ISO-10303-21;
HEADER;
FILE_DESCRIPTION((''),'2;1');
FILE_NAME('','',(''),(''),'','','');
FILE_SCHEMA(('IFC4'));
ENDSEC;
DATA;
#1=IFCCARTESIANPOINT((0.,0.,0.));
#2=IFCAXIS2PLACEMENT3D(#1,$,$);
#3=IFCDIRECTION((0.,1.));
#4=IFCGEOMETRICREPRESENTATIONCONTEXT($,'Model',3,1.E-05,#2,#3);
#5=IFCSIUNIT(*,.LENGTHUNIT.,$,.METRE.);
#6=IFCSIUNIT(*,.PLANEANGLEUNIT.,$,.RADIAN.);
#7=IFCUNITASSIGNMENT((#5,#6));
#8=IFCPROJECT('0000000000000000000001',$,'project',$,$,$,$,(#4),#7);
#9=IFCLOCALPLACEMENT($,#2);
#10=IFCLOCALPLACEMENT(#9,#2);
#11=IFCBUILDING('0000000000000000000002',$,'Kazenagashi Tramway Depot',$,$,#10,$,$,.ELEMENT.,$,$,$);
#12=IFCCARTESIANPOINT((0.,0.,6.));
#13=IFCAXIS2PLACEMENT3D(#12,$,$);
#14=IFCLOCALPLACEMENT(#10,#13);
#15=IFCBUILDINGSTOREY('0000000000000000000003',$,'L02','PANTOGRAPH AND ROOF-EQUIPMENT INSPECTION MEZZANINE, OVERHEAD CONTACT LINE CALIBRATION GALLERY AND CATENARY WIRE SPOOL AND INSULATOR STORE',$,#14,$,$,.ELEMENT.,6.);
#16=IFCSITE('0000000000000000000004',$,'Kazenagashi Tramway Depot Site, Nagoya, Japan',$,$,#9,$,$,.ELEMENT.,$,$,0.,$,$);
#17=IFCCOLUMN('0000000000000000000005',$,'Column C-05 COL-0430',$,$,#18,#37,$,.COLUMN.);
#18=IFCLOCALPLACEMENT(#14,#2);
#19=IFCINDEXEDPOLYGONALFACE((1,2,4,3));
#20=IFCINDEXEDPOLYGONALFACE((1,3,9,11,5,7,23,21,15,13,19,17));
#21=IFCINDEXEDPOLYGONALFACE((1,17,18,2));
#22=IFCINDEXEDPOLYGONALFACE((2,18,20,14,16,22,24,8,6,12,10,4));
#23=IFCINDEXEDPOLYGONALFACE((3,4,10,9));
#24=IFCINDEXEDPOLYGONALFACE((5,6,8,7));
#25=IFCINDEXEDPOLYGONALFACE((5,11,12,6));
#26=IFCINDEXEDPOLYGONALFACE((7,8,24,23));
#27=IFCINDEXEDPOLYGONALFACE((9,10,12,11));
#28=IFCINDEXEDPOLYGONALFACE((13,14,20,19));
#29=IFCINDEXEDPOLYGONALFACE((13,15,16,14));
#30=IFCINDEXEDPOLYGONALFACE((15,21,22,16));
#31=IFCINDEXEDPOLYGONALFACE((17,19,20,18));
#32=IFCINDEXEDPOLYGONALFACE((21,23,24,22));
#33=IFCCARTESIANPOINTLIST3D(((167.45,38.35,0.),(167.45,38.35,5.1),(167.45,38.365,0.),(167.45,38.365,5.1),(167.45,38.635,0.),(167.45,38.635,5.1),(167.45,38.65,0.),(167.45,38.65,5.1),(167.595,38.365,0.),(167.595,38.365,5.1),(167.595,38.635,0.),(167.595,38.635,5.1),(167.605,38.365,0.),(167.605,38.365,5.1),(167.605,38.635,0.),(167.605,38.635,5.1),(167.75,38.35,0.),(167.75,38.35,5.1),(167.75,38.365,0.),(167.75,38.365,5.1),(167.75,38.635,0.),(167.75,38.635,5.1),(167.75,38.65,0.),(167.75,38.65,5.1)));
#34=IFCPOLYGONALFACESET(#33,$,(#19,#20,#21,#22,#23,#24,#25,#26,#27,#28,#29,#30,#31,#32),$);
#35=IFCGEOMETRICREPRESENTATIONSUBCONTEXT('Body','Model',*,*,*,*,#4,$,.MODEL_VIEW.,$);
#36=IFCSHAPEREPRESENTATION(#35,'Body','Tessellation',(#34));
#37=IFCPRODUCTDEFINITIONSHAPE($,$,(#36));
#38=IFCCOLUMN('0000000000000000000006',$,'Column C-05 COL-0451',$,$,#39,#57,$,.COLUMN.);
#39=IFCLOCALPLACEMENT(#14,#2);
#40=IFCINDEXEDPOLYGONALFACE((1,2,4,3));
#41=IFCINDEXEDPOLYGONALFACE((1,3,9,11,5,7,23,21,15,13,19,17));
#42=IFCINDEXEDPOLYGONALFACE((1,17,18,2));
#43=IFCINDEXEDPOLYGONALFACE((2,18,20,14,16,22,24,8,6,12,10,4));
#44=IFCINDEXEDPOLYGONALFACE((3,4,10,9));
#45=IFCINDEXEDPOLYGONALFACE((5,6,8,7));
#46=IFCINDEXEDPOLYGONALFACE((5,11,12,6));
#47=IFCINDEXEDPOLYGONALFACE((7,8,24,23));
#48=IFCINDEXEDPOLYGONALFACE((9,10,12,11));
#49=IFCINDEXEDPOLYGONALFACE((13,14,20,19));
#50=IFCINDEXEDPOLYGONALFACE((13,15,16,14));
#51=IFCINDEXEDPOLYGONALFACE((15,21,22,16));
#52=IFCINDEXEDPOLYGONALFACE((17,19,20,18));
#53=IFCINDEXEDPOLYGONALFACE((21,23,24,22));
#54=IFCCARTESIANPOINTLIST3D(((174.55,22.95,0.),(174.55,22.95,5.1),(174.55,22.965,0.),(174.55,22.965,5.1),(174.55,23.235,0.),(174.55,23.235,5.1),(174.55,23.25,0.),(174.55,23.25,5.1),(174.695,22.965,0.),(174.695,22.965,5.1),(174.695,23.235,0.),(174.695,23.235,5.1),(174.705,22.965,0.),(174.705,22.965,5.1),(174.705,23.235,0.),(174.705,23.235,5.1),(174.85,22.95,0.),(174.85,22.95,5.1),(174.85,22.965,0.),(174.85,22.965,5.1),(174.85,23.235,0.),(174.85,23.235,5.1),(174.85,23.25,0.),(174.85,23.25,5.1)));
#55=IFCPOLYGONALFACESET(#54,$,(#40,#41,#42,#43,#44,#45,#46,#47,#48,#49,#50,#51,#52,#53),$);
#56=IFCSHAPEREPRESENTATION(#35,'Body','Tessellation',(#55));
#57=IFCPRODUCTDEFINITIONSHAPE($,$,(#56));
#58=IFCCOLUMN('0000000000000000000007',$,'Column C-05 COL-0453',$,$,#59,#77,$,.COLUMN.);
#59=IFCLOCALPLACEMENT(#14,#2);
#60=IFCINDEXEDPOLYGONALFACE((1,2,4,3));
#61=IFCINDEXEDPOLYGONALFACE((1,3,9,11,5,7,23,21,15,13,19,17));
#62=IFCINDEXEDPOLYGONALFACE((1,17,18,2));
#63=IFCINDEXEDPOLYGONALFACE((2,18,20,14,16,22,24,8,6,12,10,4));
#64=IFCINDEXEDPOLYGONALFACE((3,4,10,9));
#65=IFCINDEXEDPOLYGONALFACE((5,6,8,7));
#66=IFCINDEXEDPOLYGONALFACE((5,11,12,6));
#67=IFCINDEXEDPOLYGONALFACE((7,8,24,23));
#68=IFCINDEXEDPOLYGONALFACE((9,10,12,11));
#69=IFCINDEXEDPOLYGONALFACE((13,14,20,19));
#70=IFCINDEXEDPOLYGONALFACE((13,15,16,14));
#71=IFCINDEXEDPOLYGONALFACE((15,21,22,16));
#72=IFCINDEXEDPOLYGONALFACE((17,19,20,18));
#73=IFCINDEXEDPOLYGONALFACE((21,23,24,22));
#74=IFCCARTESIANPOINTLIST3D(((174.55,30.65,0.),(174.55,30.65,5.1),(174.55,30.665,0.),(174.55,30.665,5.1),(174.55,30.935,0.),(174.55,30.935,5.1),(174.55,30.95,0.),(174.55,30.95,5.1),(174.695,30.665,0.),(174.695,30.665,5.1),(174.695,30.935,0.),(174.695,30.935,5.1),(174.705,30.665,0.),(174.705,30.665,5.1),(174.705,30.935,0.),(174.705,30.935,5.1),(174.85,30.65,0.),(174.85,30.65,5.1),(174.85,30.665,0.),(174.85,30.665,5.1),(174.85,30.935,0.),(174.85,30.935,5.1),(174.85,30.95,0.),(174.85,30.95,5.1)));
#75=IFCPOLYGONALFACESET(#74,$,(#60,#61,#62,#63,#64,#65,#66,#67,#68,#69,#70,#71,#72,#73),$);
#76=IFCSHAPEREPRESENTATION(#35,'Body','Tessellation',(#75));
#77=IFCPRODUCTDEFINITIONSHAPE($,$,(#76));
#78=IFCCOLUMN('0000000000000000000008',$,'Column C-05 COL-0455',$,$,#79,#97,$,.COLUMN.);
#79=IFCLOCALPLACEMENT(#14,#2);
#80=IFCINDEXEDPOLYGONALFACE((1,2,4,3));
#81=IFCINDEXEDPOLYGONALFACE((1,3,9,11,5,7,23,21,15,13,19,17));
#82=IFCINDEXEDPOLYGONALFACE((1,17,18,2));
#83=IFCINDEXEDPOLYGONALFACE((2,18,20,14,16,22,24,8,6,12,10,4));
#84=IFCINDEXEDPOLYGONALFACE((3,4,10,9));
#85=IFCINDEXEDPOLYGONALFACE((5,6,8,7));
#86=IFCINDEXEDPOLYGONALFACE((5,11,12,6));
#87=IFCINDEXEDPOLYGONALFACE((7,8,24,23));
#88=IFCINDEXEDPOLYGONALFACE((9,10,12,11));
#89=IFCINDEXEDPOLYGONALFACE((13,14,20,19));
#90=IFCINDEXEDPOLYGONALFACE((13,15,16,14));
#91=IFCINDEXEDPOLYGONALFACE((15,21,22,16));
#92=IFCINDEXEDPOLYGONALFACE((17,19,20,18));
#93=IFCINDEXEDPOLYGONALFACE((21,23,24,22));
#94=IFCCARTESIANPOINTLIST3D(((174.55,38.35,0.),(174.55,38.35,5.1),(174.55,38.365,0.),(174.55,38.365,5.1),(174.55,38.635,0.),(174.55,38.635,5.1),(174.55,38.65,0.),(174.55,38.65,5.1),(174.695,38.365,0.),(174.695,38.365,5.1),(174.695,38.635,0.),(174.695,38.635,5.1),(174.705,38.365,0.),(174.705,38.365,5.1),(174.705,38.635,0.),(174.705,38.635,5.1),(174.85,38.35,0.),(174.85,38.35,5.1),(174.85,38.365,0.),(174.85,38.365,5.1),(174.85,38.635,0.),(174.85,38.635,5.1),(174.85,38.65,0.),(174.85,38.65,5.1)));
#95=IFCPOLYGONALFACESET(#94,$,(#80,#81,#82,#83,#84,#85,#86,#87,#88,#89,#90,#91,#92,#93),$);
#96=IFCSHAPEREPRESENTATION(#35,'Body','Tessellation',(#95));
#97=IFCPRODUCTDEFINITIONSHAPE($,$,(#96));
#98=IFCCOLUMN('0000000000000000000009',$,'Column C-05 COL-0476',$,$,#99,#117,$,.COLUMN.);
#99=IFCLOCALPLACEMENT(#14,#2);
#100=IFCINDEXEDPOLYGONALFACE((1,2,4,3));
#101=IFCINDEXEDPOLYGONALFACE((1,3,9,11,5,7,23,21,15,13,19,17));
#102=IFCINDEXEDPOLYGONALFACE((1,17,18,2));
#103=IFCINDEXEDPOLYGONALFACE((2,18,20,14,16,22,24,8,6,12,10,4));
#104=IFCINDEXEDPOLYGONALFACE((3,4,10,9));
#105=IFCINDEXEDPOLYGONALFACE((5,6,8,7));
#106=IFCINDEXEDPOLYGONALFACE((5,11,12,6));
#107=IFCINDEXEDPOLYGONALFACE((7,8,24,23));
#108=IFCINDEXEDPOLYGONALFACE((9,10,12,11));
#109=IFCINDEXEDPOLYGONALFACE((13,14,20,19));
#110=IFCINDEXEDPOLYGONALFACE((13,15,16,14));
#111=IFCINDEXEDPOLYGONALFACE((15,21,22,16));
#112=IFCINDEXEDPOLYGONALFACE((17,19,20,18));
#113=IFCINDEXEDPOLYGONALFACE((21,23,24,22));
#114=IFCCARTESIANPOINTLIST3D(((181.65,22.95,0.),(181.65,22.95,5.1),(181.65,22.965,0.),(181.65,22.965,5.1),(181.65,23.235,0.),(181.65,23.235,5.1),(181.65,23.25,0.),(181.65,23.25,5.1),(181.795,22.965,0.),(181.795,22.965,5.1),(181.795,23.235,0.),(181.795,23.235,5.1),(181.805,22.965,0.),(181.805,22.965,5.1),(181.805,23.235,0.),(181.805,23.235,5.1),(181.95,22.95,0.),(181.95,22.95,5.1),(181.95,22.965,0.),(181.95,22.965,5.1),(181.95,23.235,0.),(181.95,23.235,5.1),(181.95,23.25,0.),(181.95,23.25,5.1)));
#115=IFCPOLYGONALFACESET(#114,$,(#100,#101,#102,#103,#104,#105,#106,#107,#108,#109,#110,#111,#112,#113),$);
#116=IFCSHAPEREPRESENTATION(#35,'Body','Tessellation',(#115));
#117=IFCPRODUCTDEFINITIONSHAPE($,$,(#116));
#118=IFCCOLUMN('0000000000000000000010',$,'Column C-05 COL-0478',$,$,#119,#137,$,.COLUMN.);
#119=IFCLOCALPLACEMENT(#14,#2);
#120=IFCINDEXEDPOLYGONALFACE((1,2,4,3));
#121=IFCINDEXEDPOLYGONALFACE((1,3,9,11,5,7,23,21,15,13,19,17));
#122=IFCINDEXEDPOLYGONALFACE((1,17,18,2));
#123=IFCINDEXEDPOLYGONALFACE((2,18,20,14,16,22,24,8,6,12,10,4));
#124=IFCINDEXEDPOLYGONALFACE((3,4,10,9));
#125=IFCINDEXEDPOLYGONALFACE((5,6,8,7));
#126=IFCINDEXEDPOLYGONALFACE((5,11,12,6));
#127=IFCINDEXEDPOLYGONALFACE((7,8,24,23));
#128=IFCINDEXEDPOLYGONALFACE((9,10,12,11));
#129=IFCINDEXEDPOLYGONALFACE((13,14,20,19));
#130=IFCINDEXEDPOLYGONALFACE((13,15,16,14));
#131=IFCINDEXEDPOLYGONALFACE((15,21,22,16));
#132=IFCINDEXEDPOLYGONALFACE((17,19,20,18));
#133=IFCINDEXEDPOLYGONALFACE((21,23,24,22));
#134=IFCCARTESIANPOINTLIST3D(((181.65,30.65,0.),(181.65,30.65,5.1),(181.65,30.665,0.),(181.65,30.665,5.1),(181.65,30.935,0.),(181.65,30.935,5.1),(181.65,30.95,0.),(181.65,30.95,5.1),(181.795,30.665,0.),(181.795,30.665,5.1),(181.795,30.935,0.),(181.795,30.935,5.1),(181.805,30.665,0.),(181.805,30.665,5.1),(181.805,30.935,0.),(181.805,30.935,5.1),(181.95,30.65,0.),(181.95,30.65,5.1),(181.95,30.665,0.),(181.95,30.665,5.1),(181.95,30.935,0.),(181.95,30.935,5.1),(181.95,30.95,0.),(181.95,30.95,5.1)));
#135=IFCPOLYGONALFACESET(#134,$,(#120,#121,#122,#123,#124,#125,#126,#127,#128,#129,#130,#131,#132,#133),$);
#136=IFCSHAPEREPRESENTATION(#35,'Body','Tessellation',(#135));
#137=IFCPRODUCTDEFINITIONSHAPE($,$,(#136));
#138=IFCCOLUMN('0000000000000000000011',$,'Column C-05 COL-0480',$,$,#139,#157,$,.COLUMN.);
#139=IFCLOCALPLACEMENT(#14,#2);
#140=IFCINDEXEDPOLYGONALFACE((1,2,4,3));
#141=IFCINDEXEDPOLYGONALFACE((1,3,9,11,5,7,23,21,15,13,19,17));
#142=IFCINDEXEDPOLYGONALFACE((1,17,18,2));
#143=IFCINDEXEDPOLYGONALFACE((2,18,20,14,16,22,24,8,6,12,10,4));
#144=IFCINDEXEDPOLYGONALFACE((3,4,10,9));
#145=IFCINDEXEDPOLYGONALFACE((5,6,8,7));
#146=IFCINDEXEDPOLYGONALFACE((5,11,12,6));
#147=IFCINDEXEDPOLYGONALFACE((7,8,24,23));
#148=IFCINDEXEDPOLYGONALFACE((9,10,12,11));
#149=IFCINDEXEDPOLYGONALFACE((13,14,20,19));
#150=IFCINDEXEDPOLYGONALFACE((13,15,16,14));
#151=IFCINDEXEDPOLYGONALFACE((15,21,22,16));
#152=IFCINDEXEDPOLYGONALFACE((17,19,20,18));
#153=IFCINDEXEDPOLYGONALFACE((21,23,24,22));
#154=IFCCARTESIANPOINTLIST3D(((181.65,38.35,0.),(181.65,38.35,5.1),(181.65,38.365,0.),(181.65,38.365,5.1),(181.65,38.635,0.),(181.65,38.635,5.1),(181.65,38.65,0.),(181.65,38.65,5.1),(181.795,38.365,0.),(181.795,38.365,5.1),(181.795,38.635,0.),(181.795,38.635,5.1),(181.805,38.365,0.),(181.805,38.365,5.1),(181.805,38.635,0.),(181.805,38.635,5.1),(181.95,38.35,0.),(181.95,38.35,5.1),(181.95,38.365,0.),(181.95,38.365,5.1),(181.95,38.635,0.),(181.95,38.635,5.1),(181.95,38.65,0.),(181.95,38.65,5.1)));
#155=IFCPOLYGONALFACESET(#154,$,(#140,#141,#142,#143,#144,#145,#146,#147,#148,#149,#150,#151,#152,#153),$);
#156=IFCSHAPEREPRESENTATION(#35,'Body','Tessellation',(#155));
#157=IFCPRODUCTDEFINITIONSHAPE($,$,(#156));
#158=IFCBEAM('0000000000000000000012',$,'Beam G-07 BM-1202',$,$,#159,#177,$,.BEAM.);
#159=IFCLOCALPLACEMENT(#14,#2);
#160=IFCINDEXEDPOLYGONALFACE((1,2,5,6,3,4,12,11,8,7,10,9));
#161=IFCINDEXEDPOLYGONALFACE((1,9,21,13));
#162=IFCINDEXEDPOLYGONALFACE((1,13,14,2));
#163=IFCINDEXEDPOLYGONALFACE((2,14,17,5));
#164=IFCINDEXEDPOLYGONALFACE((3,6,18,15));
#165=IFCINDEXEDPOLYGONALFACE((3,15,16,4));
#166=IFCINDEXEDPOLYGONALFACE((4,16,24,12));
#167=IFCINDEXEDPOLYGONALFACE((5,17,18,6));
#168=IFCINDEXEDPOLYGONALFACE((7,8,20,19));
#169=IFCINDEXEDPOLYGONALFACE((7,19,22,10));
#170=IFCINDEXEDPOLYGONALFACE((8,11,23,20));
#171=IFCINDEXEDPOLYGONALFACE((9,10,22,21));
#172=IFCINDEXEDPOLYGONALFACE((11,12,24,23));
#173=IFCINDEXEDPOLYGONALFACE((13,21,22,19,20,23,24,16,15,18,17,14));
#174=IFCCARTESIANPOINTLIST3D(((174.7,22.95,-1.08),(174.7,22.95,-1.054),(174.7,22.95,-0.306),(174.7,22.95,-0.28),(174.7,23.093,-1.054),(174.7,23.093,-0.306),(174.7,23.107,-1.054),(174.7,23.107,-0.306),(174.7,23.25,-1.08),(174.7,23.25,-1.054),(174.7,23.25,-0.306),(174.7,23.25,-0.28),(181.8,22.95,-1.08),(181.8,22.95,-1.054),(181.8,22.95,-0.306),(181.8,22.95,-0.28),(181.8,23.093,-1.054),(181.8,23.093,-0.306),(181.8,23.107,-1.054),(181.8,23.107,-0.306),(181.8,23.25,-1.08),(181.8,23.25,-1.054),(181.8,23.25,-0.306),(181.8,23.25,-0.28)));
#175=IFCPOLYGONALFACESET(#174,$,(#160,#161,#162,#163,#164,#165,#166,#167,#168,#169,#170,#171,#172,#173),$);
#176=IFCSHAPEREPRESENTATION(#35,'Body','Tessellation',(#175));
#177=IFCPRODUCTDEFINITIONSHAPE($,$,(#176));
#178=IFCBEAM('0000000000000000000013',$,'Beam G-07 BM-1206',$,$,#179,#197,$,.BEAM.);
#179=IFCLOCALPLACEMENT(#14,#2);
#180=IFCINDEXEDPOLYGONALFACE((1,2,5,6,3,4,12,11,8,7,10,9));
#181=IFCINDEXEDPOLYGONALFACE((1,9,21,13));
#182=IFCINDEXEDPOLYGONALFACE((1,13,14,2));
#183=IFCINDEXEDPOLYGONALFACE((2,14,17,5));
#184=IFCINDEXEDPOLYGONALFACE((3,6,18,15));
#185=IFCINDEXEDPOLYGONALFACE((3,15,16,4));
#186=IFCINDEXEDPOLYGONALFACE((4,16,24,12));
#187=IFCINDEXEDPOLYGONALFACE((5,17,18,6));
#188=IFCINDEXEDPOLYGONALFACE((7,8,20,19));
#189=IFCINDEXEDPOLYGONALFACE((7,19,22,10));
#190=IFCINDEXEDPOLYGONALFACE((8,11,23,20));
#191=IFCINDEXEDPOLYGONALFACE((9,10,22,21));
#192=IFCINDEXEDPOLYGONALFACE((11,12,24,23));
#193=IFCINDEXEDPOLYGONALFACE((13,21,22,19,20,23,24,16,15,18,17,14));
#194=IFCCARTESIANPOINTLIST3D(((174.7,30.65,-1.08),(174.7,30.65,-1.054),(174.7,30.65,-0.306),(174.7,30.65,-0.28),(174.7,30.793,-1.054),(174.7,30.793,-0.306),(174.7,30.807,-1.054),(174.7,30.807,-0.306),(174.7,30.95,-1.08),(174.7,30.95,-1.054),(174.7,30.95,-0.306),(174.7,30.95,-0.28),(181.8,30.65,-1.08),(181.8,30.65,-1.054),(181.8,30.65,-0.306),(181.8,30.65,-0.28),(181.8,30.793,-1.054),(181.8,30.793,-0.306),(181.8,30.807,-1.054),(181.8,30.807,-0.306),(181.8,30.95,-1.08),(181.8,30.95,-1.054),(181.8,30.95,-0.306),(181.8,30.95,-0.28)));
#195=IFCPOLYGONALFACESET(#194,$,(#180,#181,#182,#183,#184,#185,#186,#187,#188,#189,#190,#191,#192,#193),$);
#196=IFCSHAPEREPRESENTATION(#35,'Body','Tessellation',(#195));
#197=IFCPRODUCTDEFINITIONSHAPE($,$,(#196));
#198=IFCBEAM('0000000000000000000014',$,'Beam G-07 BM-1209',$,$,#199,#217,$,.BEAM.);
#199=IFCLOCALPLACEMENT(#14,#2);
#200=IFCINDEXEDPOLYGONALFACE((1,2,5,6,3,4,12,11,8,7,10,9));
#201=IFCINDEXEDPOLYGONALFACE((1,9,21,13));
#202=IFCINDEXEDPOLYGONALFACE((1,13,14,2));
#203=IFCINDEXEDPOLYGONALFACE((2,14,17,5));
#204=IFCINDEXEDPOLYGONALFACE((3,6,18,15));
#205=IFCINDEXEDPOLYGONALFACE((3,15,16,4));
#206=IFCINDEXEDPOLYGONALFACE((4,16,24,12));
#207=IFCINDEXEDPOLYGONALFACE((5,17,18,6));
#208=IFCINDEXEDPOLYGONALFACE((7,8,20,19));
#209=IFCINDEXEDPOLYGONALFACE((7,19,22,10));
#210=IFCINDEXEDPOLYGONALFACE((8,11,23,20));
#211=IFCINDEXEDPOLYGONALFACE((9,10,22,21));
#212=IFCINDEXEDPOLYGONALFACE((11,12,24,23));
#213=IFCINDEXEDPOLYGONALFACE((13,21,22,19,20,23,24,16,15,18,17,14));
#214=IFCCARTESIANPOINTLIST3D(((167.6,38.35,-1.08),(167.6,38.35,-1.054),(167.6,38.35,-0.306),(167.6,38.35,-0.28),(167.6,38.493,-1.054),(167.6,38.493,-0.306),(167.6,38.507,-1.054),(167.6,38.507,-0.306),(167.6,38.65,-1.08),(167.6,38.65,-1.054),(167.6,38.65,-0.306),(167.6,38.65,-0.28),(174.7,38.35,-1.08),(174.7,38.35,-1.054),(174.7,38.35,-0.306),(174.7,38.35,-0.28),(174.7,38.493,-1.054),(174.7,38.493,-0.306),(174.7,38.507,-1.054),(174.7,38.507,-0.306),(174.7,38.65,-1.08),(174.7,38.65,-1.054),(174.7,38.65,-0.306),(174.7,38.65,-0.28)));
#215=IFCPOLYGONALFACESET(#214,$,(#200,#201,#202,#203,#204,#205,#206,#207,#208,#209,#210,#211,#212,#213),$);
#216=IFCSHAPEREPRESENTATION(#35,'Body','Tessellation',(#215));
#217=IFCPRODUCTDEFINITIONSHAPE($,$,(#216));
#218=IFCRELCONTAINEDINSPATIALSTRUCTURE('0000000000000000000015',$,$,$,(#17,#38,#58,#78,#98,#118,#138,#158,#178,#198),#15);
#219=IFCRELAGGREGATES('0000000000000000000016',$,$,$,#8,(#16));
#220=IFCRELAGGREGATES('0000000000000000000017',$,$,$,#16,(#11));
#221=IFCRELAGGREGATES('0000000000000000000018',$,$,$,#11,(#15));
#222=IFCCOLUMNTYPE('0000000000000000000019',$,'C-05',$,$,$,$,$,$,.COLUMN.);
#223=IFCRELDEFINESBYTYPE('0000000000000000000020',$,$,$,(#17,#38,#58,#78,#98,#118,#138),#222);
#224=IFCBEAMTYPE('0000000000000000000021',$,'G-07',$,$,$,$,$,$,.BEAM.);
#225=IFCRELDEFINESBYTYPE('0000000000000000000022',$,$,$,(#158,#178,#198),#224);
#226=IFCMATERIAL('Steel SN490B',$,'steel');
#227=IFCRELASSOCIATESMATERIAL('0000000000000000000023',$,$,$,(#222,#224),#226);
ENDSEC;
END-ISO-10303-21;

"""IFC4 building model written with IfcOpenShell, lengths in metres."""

from ifc_helpers import new_model, si_unit, direction, frame, origin, origin_2d, place, context, subcontext, project, spatial, i_section, extrude, material, material_profile, profile_set, type_object, element, save


model = new_model("IFC4")

# Units and contexts
model_context = context("Model", 3, precision=1e-05, world=origin(), true_north=direction((0.0, 1.0)))
body_context = subcontext(model_context, "Body", "Model", "MODEL_VIEW")
ifc_project = project(units=[si_unit("LENGTHUNIT", "METRE"), si_unit("PLANEANGLEUNIT", "RADIAN")], contexts=[model_context])

# Site, building, storey
site_placement = place(None, origin())
site = spatial("IfcSite", under=ifc_project, at=site_placement, Name="Kazenagashi Tramway Depot Site, Nagoya, Japan", CompositionType="ELEMENT", RefElevation=0.0)
building_placement = place(site_placement, origin())
building = spatial("IfcBuilding", under=site, at=building_placement, Name="Kazenagashi Tramway Depot", CompositionType="ELEMENT")
storey_placement = place(building_placement, frame((0.0, 0.0, 6.0)))
storey = spatial("IfcBuildingStorey", under=building, at=storey_placement, Name="L02", Description="PANTOGRAPH AND ROOF-EQUIPMENT INSPECTION MEZZANINE, OVERHEAD CONTACT LINE CALIBRATION GALLERY AND CATENARY WIRE SPOOL AND INSULATOR STORE", CompositionType="ELEMENT", Elevation=6.0)

# Columns
ifc_material_1 = material(Name="Steel SN490B", Category="steel")
ifc_material_profile_1 = material_profile(ifc_material_1, i_section(OverallWidth=0.3, OverallDepth=0.3, WebThickness=0.01, FlangeThickness=0.015, at=origin_2d()), Name="H-300x300x10x15")
ifc_profile_set_1 = profile_set([ifc_material_profile_1], Name="Steel SN490B")
column_type = type_object("IfcColumnType", Name="C-05", PredefinedType="COLUMN", material=ifc_profile_set_1)
for number, where, z_axis, x_axis, name in (
    (1, (167.6, 38.5, 0.0), (0.0, 0.0, 1.0), (1.0, 0.0, 0.0), "Column C-05 COL-0430"),
    (2, (174.7, 23.1, 0.0), (0.0, 0.0, 1.0), (1.0, 0.0, 0.0), "Column C-05 COL-0451"),
    (3, (174.7, 30.8, 0.0), (0.0, 0.0, 1.0), (1.0, 0.0, 0.0), "Column C-05 COL-0453"),
    (4, (174.7, 38.5, 0.0), (0.0, 0.0, 1.0), (1.0, 0.0, 0.0), "Column C-05 COL-0455"),
    (5, (181.8, 23.1, 0.0), (0.0, 0.0, 1.0), (1.0, 0.0, 0.0), "Column C-05 COL-0476"),
    (6, (181.8, 30.8, 0.0), (0.0, 0.0, 1.0), (1.0, 0.0, 0.0), "Column C-05 COL-0478"),
    (7, (181.8, 38.5, 0.0), (0.0, 0.0, 1.0), (1.0, 0.0, 0.0), "Column C-05 COL-0480"),
):
    element("IfcColumn", number, at=place(storey_placement, frame(where, z_axis=z_axis, x_axis=x_axis)), inside=storey, type_object=column_type, Name=name, PredefinedType="COLUMN", context=body_context, shape_type="SweptSolid", body=[
        extrude(i_section(OverallWidth=0.3, OverallDepth=0.3, WebThickness=0.01, FlangeThickness=0.015, at=origin_2d()), origin(), (0.0, 0.0, 1.0), 5.1),
    ])

# Beams
ifc_material_profile_2 = material_profile(ifc_material_1, i_section(OverallWidth=0.3, OverallDepth=0.8, WebThickness=0.014, FlangeThickness=0.026, at=origin_2d()), Name="H-800x300x14x26")
ifc_profile_set_2 = profile_set([ifc_material_profile_2], Name="Steel SN490B")
beam_type_1 = type_object("IfcBeamType", Name="G-07", PredefinedType="BEAM", material=ifc_profile_set_2)
for number, where, z_axis, x_axis, name in (
    (8, (174.7, 23.1, -0.68), (1.0, 0.0, 0.0), (0.0, 1.0, 0.0), "Beam G-07 BM-1202"),
    (9, (174.7, 30.8, -0.68), (1.0, 0.0, 0.0), (0.0, 1.0, 0.0), "Beam G-07 BM-1206"),
    (10, (167.6, 38.5, -0.68), (1.0, 0.0, 0.0), (0.0, 1.0, 0.0), "Beam G-07 BM-1209"),
):
    element("IfcBeam", number, at=place(storey_placement, frame(where, z_axis=z_axis, x_axis=x_axis)), inside=storey, type_object=beam_type_1, Name=name, PredefinedType="BEAM", context=body_context, shape_type="SweptSolid", body=[
        extrude(i_section(OverallWidth=0.3, OverallDepth=0.8, WebThickness=0.014, FlangeThickness=0.026, at=origin_2d()), origin(), (0.0, 0.0, 1.0), 7.1),
    ])

save(model, "model.ifc")
